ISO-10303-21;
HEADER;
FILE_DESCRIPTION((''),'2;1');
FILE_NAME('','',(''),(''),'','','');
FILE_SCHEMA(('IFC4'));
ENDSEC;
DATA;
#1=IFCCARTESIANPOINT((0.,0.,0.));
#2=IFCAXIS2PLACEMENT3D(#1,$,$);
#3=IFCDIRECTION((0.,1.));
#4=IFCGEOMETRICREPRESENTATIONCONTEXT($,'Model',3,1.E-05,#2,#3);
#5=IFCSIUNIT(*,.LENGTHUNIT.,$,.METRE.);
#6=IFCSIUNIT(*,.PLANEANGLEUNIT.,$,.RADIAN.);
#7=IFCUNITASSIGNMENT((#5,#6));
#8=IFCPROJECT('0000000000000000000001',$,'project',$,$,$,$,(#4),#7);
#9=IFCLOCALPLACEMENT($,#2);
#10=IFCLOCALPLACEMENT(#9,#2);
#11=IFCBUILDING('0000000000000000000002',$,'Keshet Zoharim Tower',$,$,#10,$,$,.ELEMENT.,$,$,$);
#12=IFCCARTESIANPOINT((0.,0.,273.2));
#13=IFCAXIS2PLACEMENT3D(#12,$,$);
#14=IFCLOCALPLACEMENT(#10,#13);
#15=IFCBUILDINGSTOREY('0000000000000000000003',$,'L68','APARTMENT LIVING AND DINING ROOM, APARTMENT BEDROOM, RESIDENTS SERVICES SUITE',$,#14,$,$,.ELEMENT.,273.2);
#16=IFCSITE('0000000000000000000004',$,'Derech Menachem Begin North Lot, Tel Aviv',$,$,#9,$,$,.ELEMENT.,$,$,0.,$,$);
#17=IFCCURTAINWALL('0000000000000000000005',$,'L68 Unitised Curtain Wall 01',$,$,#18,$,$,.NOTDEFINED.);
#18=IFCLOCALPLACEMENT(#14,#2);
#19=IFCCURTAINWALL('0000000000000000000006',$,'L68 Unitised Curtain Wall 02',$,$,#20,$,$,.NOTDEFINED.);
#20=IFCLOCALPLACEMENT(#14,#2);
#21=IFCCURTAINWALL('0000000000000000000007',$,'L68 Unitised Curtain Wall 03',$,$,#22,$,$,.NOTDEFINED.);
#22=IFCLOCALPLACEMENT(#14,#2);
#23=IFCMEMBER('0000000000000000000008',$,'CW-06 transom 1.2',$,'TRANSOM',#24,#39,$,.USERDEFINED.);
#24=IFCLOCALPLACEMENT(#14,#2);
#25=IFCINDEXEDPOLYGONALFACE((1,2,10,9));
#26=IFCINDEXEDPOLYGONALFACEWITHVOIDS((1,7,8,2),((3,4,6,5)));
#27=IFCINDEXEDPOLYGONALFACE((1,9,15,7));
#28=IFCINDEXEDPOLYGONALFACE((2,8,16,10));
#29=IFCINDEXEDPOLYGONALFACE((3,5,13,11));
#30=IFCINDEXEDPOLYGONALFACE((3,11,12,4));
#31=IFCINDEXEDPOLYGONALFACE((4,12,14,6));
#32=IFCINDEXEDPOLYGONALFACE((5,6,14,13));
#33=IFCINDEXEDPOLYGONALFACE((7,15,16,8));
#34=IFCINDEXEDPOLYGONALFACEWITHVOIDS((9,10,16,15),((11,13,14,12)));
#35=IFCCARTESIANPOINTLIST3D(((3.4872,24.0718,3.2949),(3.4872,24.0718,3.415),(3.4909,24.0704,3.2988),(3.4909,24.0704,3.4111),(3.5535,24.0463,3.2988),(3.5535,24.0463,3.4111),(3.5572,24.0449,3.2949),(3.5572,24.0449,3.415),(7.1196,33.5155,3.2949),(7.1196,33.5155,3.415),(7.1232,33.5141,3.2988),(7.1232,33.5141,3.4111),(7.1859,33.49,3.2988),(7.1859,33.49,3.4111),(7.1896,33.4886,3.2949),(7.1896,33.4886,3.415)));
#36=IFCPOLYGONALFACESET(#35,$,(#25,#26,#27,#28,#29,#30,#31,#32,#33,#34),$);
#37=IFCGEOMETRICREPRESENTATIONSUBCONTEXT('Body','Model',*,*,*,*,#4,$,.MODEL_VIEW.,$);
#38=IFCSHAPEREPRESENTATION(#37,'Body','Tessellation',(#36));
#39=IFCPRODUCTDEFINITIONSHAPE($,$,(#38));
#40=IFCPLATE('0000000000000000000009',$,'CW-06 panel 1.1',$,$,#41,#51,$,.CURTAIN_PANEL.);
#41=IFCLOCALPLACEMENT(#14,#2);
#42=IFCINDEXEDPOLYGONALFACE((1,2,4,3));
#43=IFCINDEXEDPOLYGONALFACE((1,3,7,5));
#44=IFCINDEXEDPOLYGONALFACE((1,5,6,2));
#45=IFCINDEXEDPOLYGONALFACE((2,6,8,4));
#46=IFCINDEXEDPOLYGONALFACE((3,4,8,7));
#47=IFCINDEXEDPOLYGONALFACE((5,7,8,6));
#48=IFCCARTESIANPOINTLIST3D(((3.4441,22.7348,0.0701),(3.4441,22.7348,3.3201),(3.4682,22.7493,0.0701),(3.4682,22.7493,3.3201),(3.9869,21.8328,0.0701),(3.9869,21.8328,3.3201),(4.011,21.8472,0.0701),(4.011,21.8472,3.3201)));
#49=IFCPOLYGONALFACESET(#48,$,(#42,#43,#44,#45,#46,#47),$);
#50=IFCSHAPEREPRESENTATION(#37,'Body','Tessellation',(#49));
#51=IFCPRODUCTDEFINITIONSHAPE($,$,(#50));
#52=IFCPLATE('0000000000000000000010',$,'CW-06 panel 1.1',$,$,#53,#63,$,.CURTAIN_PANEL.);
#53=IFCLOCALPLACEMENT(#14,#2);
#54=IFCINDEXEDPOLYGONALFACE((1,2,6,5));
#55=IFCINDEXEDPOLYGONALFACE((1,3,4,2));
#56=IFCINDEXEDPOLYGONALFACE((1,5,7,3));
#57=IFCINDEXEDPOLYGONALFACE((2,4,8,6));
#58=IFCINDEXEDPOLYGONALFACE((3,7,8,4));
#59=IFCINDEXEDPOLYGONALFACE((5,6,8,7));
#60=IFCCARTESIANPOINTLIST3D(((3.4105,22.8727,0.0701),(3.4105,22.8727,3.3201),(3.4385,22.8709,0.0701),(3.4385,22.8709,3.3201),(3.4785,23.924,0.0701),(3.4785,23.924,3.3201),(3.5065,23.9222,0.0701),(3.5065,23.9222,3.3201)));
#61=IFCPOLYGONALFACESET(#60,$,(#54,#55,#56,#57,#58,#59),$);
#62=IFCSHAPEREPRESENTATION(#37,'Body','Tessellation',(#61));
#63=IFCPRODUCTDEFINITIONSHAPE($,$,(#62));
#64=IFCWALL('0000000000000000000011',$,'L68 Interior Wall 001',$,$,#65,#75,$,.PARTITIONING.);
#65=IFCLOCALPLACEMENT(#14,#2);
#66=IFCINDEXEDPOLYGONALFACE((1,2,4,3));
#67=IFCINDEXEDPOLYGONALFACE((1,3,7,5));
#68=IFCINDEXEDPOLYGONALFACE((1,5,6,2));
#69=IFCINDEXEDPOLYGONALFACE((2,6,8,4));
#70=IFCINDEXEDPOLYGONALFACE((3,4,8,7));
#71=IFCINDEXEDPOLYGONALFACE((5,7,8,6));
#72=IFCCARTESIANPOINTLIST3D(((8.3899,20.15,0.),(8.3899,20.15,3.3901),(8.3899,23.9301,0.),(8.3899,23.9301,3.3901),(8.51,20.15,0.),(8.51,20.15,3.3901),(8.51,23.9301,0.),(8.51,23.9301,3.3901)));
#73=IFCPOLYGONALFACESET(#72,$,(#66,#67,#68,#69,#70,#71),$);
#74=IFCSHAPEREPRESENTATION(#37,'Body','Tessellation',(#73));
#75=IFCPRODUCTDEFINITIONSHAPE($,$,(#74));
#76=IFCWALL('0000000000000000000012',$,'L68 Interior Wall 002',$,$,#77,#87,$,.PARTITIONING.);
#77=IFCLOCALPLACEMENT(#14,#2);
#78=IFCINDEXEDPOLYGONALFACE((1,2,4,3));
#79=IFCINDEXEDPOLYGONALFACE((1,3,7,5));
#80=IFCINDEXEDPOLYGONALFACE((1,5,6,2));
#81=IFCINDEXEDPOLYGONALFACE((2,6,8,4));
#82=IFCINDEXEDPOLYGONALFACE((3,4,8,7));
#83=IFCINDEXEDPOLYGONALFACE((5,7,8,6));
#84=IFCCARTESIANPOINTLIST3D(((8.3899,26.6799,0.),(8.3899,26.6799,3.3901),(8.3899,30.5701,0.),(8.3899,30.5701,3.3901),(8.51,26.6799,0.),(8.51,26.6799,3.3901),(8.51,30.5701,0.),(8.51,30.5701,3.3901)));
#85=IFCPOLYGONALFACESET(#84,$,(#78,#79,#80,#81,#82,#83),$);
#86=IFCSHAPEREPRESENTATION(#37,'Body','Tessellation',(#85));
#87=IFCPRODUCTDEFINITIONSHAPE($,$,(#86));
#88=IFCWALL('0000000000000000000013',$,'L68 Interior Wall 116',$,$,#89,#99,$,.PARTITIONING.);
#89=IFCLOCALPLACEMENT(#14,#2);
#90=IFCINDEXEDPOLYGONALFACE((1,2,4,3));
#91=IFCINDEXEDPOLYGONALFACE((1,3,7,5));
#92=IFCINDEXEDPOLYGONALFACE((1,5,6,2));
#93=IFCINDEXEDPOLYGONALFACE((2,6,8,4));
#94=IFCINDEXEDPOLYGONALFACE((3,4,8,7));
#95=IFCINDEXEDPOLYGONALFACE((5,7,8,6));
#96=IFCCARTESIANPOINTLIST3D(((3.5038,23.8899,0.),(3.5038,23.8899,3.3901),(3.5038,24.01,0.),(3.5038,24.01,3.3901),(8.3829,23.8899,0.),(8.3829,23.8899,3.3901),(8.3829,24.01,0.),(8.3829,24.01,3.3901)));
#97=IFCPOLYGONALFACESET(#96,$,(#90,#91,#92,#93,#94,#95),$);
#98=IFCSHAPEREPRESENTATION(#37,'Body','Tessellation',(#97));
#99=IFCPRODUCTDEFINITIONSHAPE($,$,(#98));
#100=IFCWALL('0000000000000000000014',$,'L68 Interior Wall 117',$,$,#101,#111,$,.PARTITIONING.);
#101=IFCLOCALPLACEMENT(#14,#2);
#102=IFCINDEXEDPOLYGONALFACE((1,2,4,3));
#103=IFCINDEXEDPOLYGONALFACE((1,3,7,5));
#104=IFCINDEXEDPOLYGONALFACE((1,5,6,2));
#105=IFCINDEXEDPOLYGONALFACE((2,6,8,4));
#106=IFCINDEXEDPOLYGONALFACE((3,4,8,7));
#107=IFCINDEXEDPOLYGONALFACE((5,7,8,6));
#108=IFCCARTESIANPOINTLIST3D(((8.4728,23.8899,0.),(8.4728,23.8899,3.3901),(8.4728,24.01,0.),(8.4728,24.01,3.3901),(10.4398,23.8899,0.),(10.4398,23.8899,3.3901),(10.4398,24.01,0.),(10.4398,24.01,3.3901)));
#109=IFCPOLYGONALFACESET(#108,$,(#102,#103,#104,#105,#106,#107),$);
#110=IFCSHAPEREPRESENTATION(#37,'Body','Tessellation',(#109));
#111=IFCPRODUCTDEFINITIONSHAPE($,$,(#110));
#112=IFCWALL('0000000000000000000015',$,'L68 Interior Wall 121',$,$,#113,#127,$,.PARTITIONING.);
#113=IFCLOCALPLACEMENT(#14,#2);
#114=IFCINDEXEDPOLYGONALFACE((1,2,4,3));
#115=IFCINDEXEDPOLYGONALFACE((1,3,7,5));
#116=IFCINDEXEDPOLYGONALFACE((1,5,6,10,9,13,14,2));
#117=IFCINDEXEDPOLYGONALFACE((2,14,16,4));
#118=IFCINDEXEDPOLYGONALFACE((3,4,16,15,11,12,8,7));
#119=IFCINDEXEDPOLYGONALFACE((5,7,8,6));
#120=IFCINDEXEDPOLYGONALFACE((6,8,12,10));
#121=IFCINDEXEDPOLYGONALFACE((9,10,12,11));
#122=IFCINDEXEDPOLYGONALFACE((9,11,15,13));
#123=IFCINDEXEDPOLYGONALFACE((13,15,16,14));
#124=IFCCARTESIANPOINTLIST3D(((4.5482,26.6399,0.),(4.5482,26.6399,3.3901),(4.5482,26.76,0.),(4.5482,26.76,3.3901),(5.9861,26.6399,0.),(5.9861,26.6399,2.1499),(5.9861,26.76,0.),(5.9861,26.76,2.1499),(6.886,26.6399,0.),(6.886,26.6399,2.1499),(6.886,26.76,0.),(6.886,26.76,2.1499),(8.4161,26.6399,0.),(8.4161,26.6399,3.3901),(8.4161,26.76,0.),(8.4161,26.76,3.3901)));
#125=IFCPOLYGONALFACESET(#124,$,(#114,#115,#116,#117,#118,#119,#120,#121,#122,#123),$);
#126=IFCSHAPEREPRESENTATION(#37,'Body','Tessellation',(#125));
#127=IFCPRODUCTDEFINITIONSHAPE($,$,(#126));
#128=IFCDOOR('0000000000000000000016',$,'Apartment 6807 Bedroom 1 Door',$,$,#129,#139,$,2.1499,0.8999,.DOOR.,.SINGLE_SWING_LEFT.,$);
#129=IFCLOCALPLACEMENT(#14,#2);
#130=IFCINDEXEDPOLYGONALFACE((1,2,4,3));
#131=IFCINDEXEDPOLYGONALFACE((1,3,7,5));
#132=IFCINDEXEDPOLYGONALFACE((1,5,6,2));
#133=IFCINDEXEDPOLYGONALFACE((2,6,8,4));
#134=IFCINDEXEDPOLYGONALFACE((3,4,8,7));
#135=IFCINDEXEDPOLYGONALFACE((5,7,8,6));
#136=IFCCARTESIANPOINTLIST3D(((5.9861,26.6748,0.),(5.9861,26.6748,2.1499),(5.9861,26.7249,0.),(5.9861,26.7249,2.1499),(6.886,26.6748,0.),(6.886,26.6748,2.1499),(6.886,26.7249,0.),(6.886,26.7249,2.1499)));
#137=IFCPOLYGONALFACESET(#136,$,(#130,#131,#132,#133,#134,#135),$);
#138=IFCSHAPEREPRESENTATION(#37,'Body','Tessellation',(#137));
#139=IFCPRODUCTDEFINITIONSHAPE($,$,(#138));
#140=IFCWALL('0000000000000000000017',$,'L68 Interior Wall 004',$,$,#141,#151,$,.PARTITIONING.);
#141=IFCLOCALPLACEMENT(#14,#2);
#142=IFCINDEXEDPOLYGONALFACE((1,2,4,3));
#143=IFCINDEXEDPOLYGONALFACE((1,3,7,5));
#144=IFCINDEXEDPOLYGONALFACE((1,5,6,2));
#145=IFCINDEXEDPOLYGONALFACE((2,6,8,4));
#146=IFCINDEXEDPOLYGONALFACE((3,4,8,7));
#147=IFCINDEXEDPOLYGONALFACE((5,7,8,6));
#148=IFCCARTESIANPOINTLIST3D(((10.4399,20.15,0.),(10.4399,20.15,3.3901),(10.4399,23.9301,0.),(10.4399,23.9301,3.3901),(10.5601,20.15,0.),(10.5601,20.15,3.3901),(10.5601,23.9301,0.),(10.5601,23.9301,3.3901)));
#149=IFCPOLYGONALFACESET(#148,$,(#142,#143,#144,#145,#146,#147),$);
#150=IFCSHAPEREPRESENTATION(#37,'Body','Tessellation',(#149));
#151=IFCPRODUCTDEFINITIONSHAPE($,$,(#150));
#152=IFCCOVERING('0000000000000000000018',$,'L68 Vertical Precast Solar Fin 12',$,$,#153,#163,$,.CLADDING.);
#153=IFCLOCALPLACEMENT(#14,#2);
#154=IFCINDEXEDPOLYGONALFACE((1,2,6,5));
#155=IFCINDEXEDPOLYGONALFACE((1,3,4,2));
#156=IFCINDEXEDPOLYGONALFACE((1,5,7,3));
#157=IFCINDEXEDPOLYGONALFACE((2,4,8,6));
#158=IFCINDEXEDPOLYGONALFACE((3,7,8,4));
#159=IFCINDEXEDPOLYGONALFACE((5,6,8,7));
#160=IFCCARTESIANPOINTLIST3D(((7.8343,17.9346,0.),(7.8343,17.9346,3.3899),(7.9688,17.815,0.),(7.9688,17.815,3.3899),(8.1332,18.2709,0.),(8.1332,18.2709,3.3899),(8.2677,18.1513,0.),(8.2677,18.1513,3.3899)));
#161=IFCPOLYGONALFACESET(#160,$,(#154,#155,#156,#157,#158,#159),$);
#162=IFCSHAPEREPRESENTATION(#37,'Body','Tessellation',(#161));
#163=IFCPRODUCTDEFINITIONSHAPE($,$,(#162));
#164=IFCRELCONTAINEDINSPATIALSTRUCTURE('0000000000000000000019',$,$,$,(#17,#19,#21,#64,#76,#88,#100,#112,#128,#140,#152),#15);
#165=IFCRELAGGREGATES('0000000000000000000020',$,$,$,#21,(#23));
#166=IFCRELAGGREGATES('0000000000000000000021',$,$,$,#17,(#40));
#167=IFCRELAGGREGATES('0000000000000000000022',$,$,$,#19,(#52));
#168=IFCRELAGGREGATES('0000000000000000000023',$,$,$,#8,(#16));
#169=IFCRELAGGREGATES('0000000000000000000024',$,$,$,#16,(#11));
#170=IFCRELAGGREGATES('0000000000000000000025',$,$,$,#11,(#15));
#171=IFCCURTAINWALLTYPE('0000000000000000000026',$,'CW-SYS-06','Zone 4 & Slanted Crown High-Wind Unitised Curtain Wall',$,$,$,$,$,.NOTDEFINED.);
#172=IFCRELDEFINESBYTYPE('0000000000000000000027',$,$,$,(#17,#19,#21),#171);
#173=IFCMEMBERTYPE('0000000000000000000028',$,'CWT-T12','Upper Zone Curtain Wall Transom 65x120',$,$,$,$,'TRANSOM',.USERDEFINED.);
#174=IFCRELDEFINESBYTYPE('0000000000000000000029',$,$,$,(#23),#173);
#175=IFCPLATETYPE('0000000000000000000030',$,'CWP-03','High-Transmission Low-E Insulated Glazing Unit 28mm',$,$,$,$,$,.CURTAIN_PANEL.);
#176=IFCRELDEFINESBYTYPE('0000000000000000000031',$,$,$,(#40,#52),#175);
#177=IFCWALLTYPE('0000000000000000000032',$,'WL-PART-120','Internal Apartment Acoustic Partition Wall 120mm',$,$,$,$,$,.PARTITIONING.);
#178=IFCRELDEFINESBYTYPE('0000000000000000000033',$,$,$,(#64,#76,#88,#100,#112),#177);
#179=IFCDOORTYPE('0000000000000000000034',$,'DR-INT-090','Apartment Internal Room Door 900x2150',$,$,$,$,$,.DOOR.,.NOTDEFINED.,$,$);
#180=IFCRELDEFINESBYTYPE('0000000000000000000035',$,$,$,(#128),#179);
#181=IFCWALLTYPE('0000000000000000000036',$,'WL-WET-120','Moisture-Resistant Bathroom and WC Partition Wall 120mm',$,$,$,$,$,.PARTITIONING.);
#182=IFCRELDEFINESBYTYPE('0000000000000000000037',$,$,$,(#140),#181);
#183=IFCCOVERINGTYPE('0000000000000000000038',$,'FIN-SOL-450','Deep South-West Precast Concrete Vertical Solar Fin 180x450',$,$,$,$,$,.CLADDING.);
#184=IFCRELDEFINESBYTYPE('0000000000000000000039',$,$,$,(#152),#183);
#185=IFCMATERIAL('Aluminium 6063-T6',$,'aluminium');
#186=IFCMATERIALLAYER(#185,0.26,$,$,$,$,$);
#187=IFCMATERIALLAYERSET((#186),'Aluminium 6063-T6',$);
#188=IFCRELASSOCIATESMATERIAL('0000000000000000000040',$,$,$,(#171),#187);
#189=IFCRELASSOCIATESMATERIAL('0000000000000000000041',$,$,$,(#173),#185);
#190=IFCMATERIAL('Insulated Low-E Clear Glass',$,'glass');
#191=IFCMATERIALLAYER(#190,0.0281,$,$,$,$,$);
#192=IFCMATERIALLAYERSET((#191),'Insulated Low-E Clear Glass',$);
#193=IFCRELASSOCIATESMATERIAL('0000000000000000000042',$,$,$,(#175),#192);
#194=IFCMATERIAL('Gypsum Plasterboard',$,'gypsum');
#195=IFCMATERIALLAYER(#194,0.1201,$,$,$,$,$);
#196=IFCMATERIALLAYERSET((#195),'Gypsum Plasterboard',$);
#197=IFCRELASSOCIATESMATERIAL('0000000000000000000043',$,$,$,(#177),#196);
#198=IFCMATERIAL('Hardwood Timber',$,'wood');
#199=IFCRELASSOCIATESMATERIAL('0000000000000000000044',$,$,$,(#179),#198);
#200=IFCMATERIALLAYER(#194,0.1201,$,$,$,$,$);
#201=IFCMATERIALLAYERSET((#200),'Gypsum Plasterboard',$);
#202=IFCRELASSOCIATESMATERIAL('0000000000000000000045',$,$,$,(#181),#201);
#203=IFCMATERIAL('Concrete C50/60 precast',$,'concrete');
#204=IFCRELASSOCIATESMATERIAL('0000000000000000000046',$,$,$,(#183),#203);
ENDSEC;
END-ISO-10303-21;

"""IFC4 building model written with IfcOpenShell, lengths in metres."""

from ifc_helpers import new_model, si_unit, direction, frame, frame_2d, origin, origin_2d, place, context, subcontext, project, spatial, rectangle, hollow_rectangle, extrude, material, layer, layer_set, material_profile, profile_set, type_object, element, fill, aggregate, save


model = new_model("IFC4")

# Units and contexts
model_context = context("Model", 3, precision=1e-05, world=origin(), true_north=direction((0.0, 1.0)))
body_context = subcontext(model_context, "Body", "Model", "MODEL_VIEW")
ifc_project = project(units=[si_unit("LENGTHUNIT", "METRE"), si_unit("PLANEANGLEUNIT", "RADIAN")], contexts=[model_context])

# Site, building, storey
site_placement = place(None, origin())
site = spatial("IfcSite", under=ifc_project, at=site_placement, Name="Derech Menachem Begin North Lot, Tel Aviv", CompositionType="ELEMENT", RefElevation=0.0)
building_placement = place(site_placement, origin())
building = spatial("IfcBuilding", under=site, at=building_placement, Name="Keshet Zoharim Tower", CompositionType="ELEMENT")
storey_placement = place(building_placement, frame((0.0, 0.0, 273.2)))
storey = spatial("IfcBuildingStorey", under=building, at=storey_placement, Name="L68", Description="APARTMENT LIVING AND DINING ROOM, APARTMENT BEDROOM, RESIDENTS SERVICES SUITE", CompositionType="ELEMENT", Elevation=273.2)

# Curtain walls
ifc_material_1 = material(Name="Aluminium 6063-T6", Category="aluminium")
ifc_layer_1 = layer(ifc_material_1, 0.26)
ifc_layer_set_1 = layer_set([ifc_layer_1], Name="Aluminium 6063-T6")
curtain_wall_type = type_object("IfcCurtainWallType", Name="CW-SYS-06", Description="Zone 4 & Slanted Crown High-Wind Unitised Curtain Wall", PredefinedType="NOTDEFINED", material=ifc_layer_set_1)
curtain_wall_1_placement = place(storey_placement, origin())
curtain_wall_1 = element("IfcCurtainWall", 1, at=curtain_wall_1_placement, inside=storey, type_object=curtain_wall_type, Name="L68 Unitised Curtain Wall 01", PredefinedType="NOTDEFINED")
curtain_wall_2_placement = place(storey_placement, origin())
curtain_wall_2 = element("IfcCurtainWall", 2, at=curtain_wall_2_placement, inside=storey, type_object=curtain_wall_type, Name="L68 Unitised Curtain Wall 02", PredefinedType="NOTDEFINED")

# Curtain wall
curtain_wall_3_placement = place(storey_placement, origin())
curtain_wall_3 = element("IfcCurtainWall", 3, at=curtain_wall_3_placement, inside=storey, type_object=curtain_wall_type, Name="L68 Unitised Curtain Wall 03", PredefinedType="NOTDEFINED")

# Member
ifc_material_profile_1 = material_profile(ifc_material_1, hollow_rectangle(XDim=0.075, YDim=0.1201, WallThickness=0.0039, at=origin_2d()), Name="TRN-75x120")
ifc_profile_set_1 = profile_set([ifc_material_profile_1], Name="Aluminium 6063-T6")
member_type_1 = type_object("IfcMemberType", Name="CWT-T12", Description="Upper Zone Curtain Wall Transom 65x120", ElementType="TRANSOM", PredefinedType="USERDEFINED", material=ifc_profile_set_1)
member_1_placement = place(storey_placement, frame((3.5222, 24.0583, 3.355), z_axis=(0.358994, 0.93334, 0.0), x_axis=(-0.93334, 0.358994, 0.0)))
member_1 = element("IfcMember", 4, at=member_1_placement, type_object=member_type_1, Name="CW-06 transom 1.2", ObjectType="TRANSOM", PredefinedType="USERDEFINED", context=body_context, shape_type="SweptSolid", body=[
    extrude(hollow_rectangle(XDim=0.075, YDim=0.1201, WallThickness=0.0039, at=origin_2d()), origin(), (0.0, 0.0, 1.0), 10.1182),
])
aggregate(curtain_wall_3, [member_1])

# Plates
ifc_material_2 = material(Name="Insulated Low-E Clear Glass", Category="glass")
ifc_layer_2 = layer(ifc_material_2, 0.0281)
ifc_layer_set_2 = layer_set([ifc_layer_2], Name="Insulated Low-E Clear Glass")
plate_type = type_object("IfcPlateType", Name="CWP-03", Description="High-Transmission Low-E Insulated Glazing Unit 28mm", PredefinedType="CURTAIN_PANEL", material=ifc_layer_set_2)
plate_1_placement = place(storey_placement, frame((3.7275, 22.291, 0.0701), z_axis=(0.0, 0.0, 1.0), x_axis=(-0.515605, 0.856826, 0.0)))
plate_1 = element("IfcPlate", 5, at=plate_1_placement, type_object=plate_type, Name="CW-06 panel 1.1", PredefinedType="CURTAIN_PANEL", context=body_context, shape_type="SweptSolid", body=[
    extrude(rectangle(XDim=1.0527, YDim=0.0281, at=origin_2d()), origin(), (0.0, 0.0, 1.0), 3.25),
])
aggregate(curtain_wall_1, [plate_1])
plate_2_placement = place(storey_placement, frame((3.4585, 23.3975, 0.0701), z_axis=(0.0, 0.0, 1.0), x_axis=(0.064517, 0.997917, 0.0)))
plate_2 = element("IfcPlate", 6, at=plate_2_placement, type_object=plate_type, Name="CW-06 panel 1.1", PredefinedType="CURTAIN_PANEL", context=body_context, shape_type="SweptSolid", body=[
    extrude(rectangle(XDim=1.0535, YDim=0.0281, at=origin_2d()), origin(), (0.0, 0.0, 1.0), 3.25),
])
aggregate(curtain_wall_2, [plate_2])

# Walls
ifc_material_3 = material(Name="Gypsum Plasterboard", Category="gypsum")
ifc_layer_3 = layer(ifc_material_3, 0.1201)
ifc_layer_set_3 = layer_set([ifc_layer_3], Name="Gypsum Plasterboard")
wall_type_1 = type_object("IfcWallType", Name="WL-PART-120", Description="Internal Apartment Acoustic Partition Wall 120mm", PredefinedType="PARTITIONING", material=ifc_layer_set_3)
wall_1_placement = place(storey_placement, frame((8.45, 20.1499, 0.0), z_axis=(0.0, 0.0, 1.0), x_axis=(0.0, 1.0, 0.0)))
element("IfcWall", 7, at=wall_1_placement, inside=storey, type_object=wall_type_1, Name="L68 Interior Wall 001", PredefinedType="PARTITIONING", context=body_context, shape_type="SweptSolid", body=[
    extrude(rectangle(XDim=3.78, YDim=0.1201, at=frame_2d((1.8901, 0.0))), origin(), (0.0, 0.0, 1.0), 3.3901),
])
wall_2_placement = place(storey_placement, frame((8.45, 26.6799, 0.0), z_axis=(0.0, 0.0, 1.0), x_axis=(0.0, 1.0, 0.0)))
element("IfcWall", 8, at=wall_2_placement, inside=storey, type_object=wall_type_1, Name="L68 Interior Wall 002", PredefinedType="PARTITIONING", context=body_context, shape_type="SweptSolid", body=[
    extrude(rectangle(XDim=3.8901, YDim=0.1201, at=frame_2d((1.9451, 0.0))), origin(), (0.0, 0.0, 1.0), 3.3901),
])

# Shared definitions
ifc_material_4 = material(Name="Hardwood Timber", Category="wood")
door_type = type_object("IfcDoorType", Name="DR-INT-090", Description="Apartment Internal Room Door 900x2150", OperationType="NOTDEFINED", PredefinedType="DOOR", material=ifc_material_4)

# Walls
wall_3_placement = place(storey_placement, frame((3.5039, 23.95, 0.0), z_axis=(0.0, 0.0, 1.0), x_axis=(1.0, 0.0, 0.0)))
element("IfcWall", 9, at=wall_3_placement, inside=storey, type_object=wall_type_1, Name="L68 Interior Wall 116", PredefinedType="PARTITIONING", context=body_context, shape_type="SweptSolid", body=[
    extrude(rectangle(XDim=4.8792, YDim=0.1201, at=frame_2d((2.4395, 0.0))), origin(), (0.0, 0.0, 1.0), 3.3901),
])
wall_4_placement = place(storey_placement, frame((8.4729, 23.95, 0.0), z_axis=(0.0, 0.0, 1.0), x_axis=(1.0, 0.0, 0.0)))
element("IfcWall", 10, at=wall_4_placement, inside=storey, type_object=wall_type_1, Name="L68 Interior Wall 117", PredefinedType="PARTITIONING", context=body_context, shape_type="SweptSolid", body=[
    extrude(rectangle(XDim=1.967, YDim=0.1201, at=frame_2d((0.9834, 0.0))), origin(), (0.0, 0.0, 1.0), 3.3901),
])

# Wall, opening, door
wall_5_placement = place(storey_placement, frame((4.5481, 26.7, 0.0), z_axis=(0.0, 0.0, 1.0), x_axis=(1.0, 0.0, 0.0)))
wall_5 = element("IfcWall", 11, at=wall_5_placement, inside=storey, type_object=wall_type_1, Name="L68 Interior Wall 121", PredefinedType="PARTITIONING", context=body_context, shape_type="SweptSolid", body=[
    extrude(rectangle(XDim=3.8679, YDim=0.1201, at=frame_2d((1.9341, 0.0))), origin(), (0.0, 0.0, 1.0), 3.3901),
])
opening_1_placement = place(wall_5_placement, frame((1.438, 0.0, 0.0)))
opening_1 = element("IfcOpeningElement", 12, at=opening_1_placement, cuts=wall_5, PredefinedType="OPENING", context=body_context, shape_type="SweptSolid", body=[
    extrude(rectangle(XDim=0.8999, YDim=2.1499, at=frame_2d((0.45, 1.075))), frame((0.0, 0.0701, 0.0), z_axis=(0.0, -1.0, 0.0), x_axis=(1.0, 0.0, 0.0)), (0.0, 0.0, 1.0), 0.1401),
])
door_1_placement = place(opening_1_placement, origin())
door_1 = element("IfcDoor", 13, at=door_1_placement, inside=storey, type_object=door_type, Name="Apartment 6807 Bedroom 1 Door", OperationType="SINGLE_SWING_LEFT", OverallHeight=2.1499, OverallWidth=0.8999, PredefinedType="DOOR", context=body_context, shape_type="SweptSolid", body=[
    extrude(rectangle(XDim=0.8999, YDim=2.1499, at=frame_2d((0.45, 1.075))), frame((0.0, 0.0249, 0.0), z_axis=(0.0, -1.0, 0.0), x_axis=(1.0, 0.0, 0.0)), (0.0, 0.0, 1.0), 0.05),
])
fill(opening_1, door_1)

# Wall
ifc_layer_4 = layer(ifc_material_3, 0.1201)
ifc_layer_set_4 = layer_set([ifc_layer_4], Name="Gypsum Plasterboard")
wall_type_2 = type_object("IfcWallType", Name="WL-WET-120", Description="Moisture-Resistant Bathroom and WC Partition Wall 120mm", PredefinedType="PARTITIONING", material=ifc_layer_set_4)
wall_6_placement = place(storey_placement, frame((10.5, 20.1499, 0.0), z_axis=(0.0, 0.0, 1.0), x_axis=(0.0, 1.0, 0.0)))
element("IfcWall", 14, at=wall_6_placement, inside=storey, type_object=wall_type_2, Name="L68 Interior Wall 004", PredefinedType="PARTITIONING", context=body_context, shape_type="SweptSolid", body=[
    extrude(rectangle(XDim=3.78, YDim=0.1201, at=frame_2d((1.8901, 0.0))), origin(), (0.0, 0.0, 1.0), 3.3901),
])

# Covering
ifc_material_5 = material(Name="Concrete C50/60 precast", Category="concrete")
covering_type = type_object("IfcCoveringType", Name="FIN-SOL-450", Description="Deep South-West Precast Concrete Vertical Solar Fin 180x450", PredefinedType="CLADDING", material=ifc_material_5)
covering_placement = place(storey_placement, frame((8.051, 18.043, 0.0), z_axis=(0.0, 0.0, 1.0), x_axis=(-0.747412, 0.664361, 0.0)))
element("IfcCovering", 15, at=covering_placement, inside=storey, type_object=covering_type, Name="L68 Vertical Precast Solar Fin 12", PredefinedType="CLADDING", context=body_context, shape_type="SweptSolid", body=[
    extrude(rectangle(XDim=0.1799, YDim=0.45, at=origin_2d()), origin(), (0.0, 0.0, 1.0), 3.3899),
])

save(model, "model.ifc")
